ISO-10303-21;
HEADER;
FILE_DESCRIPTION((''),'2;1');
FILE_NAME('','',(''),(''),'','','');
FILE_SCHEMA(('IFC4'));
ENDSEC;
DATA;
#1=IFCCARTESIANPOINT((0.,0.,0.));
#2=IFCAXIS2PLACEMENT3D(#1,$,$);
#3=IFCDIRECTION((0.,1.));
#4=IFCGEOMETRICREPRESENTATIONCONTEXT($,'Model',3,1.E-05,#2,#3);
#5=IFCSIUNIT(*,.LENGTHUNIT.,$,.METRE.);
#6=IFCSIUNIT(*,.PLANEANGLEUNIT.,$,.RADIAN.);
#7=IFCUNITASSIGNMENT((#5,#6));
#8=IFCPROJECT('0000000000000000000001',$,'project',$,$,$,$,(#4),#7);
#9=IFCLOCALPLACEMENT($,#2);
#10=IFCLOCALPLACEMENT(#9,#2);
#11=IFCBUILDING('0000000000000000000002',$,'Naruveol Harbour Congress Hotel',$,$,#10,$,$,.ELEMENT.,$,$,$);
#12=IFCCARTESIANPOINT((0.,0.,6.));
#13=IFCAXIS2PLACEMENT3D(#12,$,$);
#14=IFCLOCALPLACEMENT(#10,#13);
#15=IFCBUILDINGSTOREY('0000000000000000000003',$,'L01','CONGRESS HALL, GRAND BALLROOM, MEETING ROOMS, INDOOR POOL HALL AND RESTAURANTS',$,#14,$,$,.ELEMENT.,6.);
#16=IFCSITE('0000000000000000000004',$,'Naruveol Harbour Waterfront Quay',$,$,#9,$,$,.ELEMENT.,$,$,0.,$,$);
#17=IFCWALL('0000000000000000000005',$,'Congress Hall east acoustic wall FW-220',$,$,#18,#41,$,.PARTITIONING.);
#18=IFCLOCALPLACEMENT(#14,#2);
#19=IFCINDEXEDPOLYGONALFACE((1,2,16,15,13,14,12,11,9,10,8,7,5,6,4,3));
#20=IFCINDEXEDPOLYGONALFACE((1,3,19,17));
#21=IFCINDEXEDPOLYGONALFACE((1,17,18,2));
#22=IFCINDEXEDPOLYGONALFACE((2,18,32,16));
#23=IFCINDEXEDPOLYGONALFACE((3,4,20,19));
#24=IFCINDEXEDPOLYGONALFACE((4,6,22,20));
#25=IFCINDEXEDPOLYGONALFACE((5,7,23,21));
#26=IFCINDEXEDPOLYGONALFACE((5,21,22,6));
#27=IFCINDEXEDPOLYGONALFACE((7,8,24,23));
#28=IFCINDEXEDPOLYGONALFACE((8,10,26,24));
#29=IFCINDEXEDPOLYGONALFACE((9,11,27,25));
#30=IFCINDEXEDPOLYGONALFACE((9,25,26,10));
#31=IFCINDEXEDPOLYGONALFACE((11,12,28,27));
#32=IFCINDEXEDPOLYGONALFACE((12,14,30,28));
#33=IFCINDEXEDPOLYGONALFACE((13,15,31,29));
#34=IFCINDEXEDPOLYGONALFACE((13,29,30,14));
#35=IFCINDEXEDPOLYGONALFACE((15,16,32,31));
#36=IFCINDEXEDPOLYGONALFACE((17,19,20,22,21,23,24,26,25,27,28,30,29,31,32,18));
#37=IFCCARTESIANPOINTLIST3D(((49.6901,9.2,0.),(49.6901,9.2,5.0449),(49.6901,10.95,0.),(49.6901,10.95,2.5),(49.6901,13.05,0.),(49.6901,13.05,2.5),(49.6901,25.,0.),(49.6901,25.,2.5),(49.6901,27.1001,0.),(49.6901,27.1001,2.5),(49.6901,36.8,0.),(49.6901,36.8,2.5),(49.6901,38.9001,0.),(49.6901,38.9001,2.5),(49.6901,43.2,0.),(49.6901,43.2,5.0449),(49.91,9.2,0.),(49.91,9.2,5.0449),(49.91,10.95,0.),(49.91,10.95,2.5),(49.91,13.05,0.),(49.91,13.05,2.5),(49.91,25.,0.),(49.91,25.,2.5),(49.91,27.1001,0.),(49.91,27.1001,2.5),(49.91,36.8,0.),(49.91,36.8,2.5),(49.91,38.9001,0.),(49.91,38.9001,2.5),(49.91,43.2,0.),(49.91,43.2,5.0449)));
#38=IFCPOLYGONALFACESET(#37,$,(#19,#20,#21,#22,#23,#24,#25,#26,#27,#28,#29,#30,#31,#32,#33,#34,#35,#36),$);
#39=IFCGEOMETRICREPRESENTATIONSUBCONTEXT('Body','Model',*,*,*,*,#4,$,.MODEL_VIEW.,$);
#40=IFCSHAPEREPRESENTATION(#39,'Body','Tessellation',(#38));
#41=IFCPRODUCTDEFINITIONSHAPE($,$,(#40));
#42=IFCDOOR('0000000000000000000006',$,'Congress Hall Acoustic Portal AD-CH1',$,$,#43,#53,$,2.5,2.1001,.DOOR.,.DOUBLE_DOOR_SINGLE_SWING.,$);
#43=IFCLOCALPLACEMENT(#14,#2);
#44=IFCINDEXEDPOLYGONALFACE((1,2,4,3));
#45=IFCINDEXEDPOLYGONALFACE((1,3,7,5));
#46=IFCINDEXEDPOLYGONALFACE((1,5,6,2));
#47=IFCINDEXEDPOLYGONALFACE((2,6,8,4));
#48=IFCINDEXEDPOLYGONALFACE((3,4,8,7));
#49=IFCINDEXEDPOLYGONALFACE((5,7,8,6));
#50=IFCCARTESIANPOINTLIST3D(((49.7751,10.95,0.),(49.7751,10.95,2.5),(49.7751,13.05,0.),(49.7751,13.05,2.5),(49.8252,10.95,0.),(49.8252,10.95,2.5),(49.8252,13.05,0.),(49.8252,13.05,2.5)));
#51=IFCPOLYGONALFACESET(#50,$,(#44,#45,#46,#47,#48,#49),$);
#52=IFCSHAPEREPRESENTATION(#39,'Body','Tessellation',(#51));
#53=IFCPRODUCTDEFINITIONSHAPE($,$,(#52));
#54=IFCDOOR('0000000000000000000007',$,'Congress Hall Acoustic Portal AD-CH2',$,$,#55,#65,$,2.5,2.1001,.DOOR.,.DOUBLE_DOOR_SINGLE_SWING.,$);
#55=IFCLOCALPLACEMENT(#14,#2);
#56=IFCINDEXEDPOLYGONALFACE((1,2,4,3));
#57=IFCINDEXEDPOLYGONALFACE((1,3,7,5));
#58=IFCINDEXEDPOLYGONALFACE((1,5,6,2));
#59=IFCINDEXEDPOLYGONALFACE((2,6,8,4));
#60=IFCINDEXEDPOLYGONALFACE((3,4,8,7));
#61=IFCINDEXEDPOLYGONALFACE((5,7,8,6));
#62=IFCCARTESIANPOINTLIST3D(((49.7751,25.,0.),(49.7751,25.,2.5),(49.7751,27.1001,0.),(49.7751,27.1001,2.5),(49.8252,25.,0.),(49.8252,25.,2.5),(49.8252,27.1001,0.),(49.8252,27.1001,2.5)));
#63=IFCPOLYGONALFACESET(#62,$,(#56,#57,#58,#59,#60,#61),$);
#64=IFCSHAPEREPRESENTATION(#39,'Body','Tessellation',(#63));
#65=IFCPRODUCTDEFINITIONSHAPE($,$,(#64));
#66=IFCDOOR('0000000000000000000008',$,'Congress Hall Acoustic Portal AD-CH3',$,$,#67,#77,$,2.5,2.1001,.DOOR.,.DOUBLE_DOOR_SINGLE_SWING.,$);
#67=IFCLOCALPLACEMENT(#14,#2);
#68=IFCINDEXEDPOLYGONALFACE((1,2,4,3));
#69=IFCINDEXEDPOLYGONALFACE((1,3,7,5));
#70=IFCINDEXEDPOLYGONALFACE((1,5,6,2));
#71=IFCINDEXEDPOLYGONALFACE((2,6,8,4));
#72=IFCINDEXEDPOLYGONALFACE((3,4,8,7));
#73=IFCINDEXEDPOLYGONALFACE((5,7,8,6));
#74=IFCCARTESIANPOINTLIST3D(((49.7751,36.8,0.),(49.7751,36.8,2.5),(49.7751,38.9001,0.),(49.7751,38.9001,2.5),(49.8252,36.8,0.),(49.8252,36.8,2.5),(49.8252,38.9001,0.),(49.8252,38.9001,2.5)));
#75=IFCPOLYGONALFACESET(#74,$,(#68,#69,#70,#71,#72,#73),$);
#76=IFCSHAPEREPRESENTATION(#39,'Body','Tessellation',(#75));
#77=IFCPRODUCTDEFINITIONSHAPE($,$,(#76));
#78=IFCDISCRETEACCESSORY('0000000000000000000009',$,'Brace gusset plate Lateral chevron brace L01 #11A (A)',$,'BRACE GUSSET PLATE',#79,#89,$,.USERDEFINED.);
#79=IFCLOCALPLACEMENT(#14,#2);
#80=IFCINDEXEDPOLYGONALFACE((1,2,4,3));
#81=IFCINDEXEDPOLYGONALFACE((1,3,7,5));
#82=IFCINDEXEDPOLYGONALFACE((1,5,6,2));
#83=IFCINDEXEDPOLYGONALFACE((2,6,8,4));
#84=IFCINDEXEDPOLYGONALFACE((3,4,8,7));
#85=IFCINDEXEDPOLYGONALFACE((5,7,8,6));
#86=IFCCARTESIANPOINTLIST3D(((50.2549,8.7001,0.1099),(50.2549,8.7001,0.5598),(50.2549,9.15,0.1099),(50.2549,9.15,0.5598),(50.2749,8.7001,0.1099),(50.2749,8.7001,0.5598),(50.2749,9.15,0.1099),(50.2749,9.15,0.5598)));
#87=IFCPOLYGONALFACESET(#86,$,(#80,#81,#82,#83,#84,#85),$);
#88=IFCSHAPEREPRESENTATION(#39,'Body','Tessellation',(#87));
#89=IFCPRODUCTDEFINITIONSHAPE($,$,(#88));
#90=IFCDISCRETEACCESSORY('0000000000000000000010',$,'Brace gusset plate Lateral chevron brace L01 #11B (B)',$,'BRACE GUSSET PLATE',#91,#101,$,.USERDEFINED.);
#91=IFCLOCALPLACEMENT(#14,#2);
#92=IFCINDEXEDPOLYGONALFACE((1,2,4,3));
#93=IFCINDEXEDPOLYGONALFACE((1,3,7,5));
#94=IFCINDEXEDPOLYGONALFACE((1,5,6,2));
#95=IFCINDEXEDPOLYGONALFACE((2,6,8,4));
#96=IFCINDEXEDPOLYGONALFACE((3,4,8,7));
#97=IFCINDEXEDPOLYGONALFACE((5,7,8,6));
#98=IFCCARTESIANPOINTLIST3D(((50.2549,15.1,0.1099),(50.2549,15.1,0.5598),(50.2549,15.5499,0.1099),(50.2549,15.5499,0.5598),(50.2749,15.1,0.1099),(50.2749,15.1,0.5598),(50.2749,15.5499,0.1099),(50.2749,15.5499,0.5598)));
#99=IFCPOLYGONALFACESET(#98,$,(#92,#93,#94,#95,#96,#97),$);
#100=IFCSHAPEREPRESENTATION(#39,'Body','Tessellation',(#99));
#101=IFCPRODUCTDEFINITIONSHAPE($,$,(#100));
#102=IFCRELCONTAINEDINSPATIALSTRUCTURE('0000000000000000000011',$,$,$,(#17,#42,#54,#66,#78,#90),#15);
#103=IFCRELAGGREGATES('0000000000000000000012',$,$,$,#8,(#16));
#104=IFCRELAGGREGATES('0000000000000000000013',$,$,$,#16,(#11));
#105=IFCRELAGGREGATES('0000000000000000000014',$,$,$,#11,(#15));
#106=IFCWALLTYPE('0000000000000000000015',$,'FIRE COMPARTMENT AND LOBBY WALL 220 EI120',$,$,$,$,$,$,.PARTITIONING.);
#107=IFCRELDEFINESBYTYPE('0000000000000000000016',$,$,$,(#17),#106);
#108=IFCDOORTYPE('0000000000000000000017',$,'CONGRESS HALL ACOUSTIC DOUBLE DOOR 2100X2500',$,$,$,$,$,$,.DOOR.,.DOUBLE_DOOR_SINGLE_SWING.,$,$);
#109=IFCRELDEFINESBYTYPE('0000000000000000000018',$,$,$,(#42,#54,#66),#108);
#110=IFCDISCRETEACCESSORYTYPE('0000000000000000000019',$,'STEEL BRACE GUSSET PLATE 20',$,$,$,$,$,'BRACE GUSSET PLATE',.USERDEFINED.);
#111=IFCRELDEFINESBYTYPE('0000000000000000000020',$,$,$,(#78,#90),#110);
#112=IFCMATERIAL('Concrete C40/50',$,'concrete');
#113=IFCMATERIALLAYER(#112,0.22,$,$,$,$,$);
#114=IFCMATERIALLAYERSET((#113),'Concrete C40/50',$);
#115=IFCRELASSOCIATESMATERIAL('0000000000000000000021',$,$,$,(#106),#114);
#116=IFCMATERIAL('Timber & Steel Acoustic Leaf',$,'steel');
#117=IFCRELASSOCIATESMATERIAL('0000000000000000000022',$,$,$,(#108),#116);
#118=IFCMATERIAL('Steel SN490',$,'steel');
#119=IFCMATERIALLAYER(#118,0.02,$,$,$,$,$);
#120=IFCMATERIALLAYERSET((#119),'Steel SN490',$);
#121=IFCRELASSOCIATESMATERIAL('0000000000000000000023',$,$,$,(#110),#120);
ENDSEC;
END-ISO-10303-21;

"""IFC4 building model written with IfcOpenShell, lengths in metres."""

from ifc_helpers import new_model, si_unit, direction, frame, frame_2d, origin, origin_2d, place, context, subcontext, project, spatial, rectangle, extrude, material, layer, layer_set, type_object, element, fill, save


model = new_model("IFC4")

# Units and contexts
model_context = context("Model", 3, precision=1e-05, world=origin(), true_north=direction((0.0, 1.0)))
body_context = subcontext(model_context, "Body", "Model", "MODEL_VIEW")
ifc_project = project(units=[si_unit("LENGTHUNIT", "METRE"), si_unit("PLANEANGLEUNIT", "RADIAN")], contexts=[model_context])

# Site, building, storey
site_placement = place(None, origin())
site = spatial("IfcSite", under=ifc_project, at=site_placement, Name="Naruveol Harbour Waterfront Quay", CompositionType="ELEMENT", RefElevation=0.0)
building_placement = place(site_placement, origin())
building = spatial("IfcBuilding", under=site, at=building_placement, Name="Naruveol Harbour Congress Hotel", CompositionType="ELEMENT")
storey_placement = place(building_placement, frame((0.0, 0.0, 6.0)))
storey = spatial("IfcBuildingStorey", under=building, at=storey_placement, Name="L01", Description="CONGRESS HALL, GRAND BALLROOM, MEETING ROOMS, INDOOR POOL HALL AND RESTAURANTS", CompositionType="ELEMENT", Elevation=6.0)

# Wall, openings, doors
ifc_material_1 = material(Name="Concrete C40/50", Category="concrete")
ifc_layer_1 = layer(ifc_material_1, 0.22)
ifc_layer_set_1 = layer_set([ifc_layer_1], Name="Concrete C40/50")
wall_type_1 = type_object("IfcWallType", Name="FIRE COMPARTMENT AND LOBBY WALL 220 EI120", PredefinedType="PARTITIONING", material=ifc_layer_set_1)
wall_1_placement = place(storey_placement, frame((49.8, 9.2, 0.0), z_axis=(0.0, 0.0, 1.0), x_axis=(0.0, 1.0, 0.0)))
wall_1 = element("IfcWall", 1, at=wall_1_placement, inside=storey, type_object=wall_type_1, Name="Congress Hall east acoustic wall FW-220", PredefinedType="PARTITIONING", context=body_context, shape_type="SweptSolid", body=[
    extrude(rectangle(XDim=34.0, YDim=0.22, at=frame_2d((17.0, 0.0))), origin(), (0.0, 0.0, 1.0), 5.0449),
])
opening_1_placement = place(wall_1_placement, frame((1.75, 0.0, 0.0)))
opening_1 = element("IfcOpeningElement", 2, at=opening_1_placement, cuts=wall_1, PredefinedType="OPENING", context=body_context, shape_type="SweptSolid", body=[
    extrude(rectangle(XDim=2.1001, YDim=2.5, at=frame_2d((1.05, 1.25))), frame((0.0, 0.1199, 0.0), z_axis=(0.0, -1.0, 0.0), x_axis=(1.0, 0.0, 0.0)), (0.0, 0.0, 1.0), 0.24),
])
opening_2_placement = place(wall_1_placement, frame((15.8, 0.0, 0.0)))
opening_2 = element("IfcOpeningElement", 3, at=opening_2_placement, cuts=wall_1, PredefinedType="OPENING", context=body_context, shape_type="SweptSolid", body=[
    extrude(rectangle(XDim=2.1001, YDim=2.5, at=frame_2d((1.05, 1.25))), frame((0.0, 0.1199, 0.0), z_axis=(0.0, -1.0, 0.0), x_axis=(1.0, 0.0, 0.0)), (0.0, 0.0, 1.0), 0.24),
])
opening_3_placement = place(wall_1_placement, frame((27.6001, 0.0, 0.0)))
opening_3 = element("IfcOpeningElement", 4, at=opening_3_placement, cuts=wall_1, PredefinedType="OPENING", context=body_context, shape_type="SweptSolid", body=[
    extrude(rectangle(XDim=2.1001, YDim=2.5, at=frame_2d((1.05, 1.25))), frame((0.0, 0.1199, 0.0), z_axis=(0.0, -1.0, 0.0), x_axis=(1.0, 0.0, 0.0)), (0.0, 0.0, 1.0), 0.24),
])
ifc_material_2 = material(Name="Timber & Steel Acoustic Leaf", Category="steel")
door_type = type_object("IfcDoorType", Name="CONGRESS HALL ACOUSTIC DOUBLE DOOR 2100X2500", OperationType="DOUBLE_DOOR_SINGLE_SWING", PredefinedType="DOOR", material=ifc_material_2)
door_1_placement = place(opening_1_placement, origin())
door_1 = element("IfcDoor", 5, at=door_1_placement, inside=storey, type_object=door_type, Name="Congress Hall Acoustic Portal AD-CH1", OperationType="DOUBLE_DOOR_SINGLE_SWING", OverallHeight=2.5, OverallWidth=2.1001, PredefinedType="DOOR", context=body_context, shape_type="SweptSolid", body=[
    extrude(rectangle(XDim=2.1001, YDim=2.5, at=frame_2d((1.05, 1.25))), frame((0.0, 0.0249, 0.0), z_axis=(0.0, -1.0, 0.0), x_axis=(1.0, 0.0, 0.0)), (0.0, 0.0, 1.0), 0.05),
])
fill(opening_1, door_1)
door_2_placement = place(opening_2_placement, origin())
door_2 = element("IfcDoor", 6, at=door_2_placement, inside=storey, type_object=door_type, Name="Congress Hall Acoustic Portal AD-CH2", OperationType="DOUBLE_DOOR_SINGLE_SWING", OverallHeight=2.5, OverallWidth=2.1001, PredefinedType="DOOR", context=body_context, shape_type="SweptSolid", body=[
    extrude(rectangle(XDim=2.1001, YDim=2.5, at=frame_2d((1.05, 1.25))), frame((0.0, 0.0249, 0.0), z_axis=(0.0, -1.0, 0.0), x_axis=(1.0, 0.0, 0.0)), (0.0, 0.0, 1.0), 0.05),
])
fill(opening_2, door_2)
door_3_placement = place(opening_3_placement, origin())
door_3 = element("IfcDoor", 7, at=door_3_placement, inside=storey, type_object=door_type, Name="Congress Hall Acoustic Portal AD-CH3", OperationType="DOUBLE_DOOR_SINGLE_SWING", OverallHeight=2.5, OverallWidth=2.1001, PredefinedType="DOOR", context=body_context, shape_type="SweptSolid", body=[
    extrude(rectangle(XDim=2.1001, YDim=2.5, at=frame_2d((1.05, 1.25))), frame((0.0, 0.0249, 0.0), z_axis=(0.0, -1.0, 0.0), x_axis=(1.0, 0.0, 0.0)), (0.0, 0.0, 1.0), 0.05),
])
fill(opening_3, door_3)

# Discrete accessories
ifc_material_3 = material(Name="Steel SN490", Category="steel")
ifc_layer_2 = layer(ifc_material_3, 0.02)
ifc_layer_set_2 = layer_set([ifc_layer_2], Name="Steel SN490")
discrete_accessory_type = type_object("IfcDiscreteAccessoryType", Name="STEEL BRACE GUSSET PLATE 20", ElementType="BRACE GUSSET PLATE", PredefinedType="USERDEFINED", material=ifc_layer_set_2)
for number, where, z_axis, x_axis, name in (
    (8, (50.2649, 8.925, 0.1099), (0.0, 0.0, 1.0), (0.0, 1.0, 0.0), "Brace gusset plate Lateral chevron brace L01 #11A (A)"),
    (9, (50.2649, 15.325, 0.1099), (0.0, 0.0, 1.0), (0.0, -1.0, 0.0), "Brace gusset plate Lateral chevron brace L01 #11B (B)"),
):
    element("IfcDiscreteAccessory", number, at=place(storey_placement, frame(where, z_axis=z_axis, x_axis=x_axis)), inside=storey, type_object=discrete_accessory_type, Name=name, ObjectType="BRACE GUSSET PLATE", PredefinedType="USERDEFINED", context=body_context, shape_type="SweptSolid", body=[
        extrude(rectangle(XDim=0.45, YDim=0.02, at=origin_2d()), origin(), (0.0, 0.0, 1.0), 0.45),
    ])

save(model, "model.ifc")
